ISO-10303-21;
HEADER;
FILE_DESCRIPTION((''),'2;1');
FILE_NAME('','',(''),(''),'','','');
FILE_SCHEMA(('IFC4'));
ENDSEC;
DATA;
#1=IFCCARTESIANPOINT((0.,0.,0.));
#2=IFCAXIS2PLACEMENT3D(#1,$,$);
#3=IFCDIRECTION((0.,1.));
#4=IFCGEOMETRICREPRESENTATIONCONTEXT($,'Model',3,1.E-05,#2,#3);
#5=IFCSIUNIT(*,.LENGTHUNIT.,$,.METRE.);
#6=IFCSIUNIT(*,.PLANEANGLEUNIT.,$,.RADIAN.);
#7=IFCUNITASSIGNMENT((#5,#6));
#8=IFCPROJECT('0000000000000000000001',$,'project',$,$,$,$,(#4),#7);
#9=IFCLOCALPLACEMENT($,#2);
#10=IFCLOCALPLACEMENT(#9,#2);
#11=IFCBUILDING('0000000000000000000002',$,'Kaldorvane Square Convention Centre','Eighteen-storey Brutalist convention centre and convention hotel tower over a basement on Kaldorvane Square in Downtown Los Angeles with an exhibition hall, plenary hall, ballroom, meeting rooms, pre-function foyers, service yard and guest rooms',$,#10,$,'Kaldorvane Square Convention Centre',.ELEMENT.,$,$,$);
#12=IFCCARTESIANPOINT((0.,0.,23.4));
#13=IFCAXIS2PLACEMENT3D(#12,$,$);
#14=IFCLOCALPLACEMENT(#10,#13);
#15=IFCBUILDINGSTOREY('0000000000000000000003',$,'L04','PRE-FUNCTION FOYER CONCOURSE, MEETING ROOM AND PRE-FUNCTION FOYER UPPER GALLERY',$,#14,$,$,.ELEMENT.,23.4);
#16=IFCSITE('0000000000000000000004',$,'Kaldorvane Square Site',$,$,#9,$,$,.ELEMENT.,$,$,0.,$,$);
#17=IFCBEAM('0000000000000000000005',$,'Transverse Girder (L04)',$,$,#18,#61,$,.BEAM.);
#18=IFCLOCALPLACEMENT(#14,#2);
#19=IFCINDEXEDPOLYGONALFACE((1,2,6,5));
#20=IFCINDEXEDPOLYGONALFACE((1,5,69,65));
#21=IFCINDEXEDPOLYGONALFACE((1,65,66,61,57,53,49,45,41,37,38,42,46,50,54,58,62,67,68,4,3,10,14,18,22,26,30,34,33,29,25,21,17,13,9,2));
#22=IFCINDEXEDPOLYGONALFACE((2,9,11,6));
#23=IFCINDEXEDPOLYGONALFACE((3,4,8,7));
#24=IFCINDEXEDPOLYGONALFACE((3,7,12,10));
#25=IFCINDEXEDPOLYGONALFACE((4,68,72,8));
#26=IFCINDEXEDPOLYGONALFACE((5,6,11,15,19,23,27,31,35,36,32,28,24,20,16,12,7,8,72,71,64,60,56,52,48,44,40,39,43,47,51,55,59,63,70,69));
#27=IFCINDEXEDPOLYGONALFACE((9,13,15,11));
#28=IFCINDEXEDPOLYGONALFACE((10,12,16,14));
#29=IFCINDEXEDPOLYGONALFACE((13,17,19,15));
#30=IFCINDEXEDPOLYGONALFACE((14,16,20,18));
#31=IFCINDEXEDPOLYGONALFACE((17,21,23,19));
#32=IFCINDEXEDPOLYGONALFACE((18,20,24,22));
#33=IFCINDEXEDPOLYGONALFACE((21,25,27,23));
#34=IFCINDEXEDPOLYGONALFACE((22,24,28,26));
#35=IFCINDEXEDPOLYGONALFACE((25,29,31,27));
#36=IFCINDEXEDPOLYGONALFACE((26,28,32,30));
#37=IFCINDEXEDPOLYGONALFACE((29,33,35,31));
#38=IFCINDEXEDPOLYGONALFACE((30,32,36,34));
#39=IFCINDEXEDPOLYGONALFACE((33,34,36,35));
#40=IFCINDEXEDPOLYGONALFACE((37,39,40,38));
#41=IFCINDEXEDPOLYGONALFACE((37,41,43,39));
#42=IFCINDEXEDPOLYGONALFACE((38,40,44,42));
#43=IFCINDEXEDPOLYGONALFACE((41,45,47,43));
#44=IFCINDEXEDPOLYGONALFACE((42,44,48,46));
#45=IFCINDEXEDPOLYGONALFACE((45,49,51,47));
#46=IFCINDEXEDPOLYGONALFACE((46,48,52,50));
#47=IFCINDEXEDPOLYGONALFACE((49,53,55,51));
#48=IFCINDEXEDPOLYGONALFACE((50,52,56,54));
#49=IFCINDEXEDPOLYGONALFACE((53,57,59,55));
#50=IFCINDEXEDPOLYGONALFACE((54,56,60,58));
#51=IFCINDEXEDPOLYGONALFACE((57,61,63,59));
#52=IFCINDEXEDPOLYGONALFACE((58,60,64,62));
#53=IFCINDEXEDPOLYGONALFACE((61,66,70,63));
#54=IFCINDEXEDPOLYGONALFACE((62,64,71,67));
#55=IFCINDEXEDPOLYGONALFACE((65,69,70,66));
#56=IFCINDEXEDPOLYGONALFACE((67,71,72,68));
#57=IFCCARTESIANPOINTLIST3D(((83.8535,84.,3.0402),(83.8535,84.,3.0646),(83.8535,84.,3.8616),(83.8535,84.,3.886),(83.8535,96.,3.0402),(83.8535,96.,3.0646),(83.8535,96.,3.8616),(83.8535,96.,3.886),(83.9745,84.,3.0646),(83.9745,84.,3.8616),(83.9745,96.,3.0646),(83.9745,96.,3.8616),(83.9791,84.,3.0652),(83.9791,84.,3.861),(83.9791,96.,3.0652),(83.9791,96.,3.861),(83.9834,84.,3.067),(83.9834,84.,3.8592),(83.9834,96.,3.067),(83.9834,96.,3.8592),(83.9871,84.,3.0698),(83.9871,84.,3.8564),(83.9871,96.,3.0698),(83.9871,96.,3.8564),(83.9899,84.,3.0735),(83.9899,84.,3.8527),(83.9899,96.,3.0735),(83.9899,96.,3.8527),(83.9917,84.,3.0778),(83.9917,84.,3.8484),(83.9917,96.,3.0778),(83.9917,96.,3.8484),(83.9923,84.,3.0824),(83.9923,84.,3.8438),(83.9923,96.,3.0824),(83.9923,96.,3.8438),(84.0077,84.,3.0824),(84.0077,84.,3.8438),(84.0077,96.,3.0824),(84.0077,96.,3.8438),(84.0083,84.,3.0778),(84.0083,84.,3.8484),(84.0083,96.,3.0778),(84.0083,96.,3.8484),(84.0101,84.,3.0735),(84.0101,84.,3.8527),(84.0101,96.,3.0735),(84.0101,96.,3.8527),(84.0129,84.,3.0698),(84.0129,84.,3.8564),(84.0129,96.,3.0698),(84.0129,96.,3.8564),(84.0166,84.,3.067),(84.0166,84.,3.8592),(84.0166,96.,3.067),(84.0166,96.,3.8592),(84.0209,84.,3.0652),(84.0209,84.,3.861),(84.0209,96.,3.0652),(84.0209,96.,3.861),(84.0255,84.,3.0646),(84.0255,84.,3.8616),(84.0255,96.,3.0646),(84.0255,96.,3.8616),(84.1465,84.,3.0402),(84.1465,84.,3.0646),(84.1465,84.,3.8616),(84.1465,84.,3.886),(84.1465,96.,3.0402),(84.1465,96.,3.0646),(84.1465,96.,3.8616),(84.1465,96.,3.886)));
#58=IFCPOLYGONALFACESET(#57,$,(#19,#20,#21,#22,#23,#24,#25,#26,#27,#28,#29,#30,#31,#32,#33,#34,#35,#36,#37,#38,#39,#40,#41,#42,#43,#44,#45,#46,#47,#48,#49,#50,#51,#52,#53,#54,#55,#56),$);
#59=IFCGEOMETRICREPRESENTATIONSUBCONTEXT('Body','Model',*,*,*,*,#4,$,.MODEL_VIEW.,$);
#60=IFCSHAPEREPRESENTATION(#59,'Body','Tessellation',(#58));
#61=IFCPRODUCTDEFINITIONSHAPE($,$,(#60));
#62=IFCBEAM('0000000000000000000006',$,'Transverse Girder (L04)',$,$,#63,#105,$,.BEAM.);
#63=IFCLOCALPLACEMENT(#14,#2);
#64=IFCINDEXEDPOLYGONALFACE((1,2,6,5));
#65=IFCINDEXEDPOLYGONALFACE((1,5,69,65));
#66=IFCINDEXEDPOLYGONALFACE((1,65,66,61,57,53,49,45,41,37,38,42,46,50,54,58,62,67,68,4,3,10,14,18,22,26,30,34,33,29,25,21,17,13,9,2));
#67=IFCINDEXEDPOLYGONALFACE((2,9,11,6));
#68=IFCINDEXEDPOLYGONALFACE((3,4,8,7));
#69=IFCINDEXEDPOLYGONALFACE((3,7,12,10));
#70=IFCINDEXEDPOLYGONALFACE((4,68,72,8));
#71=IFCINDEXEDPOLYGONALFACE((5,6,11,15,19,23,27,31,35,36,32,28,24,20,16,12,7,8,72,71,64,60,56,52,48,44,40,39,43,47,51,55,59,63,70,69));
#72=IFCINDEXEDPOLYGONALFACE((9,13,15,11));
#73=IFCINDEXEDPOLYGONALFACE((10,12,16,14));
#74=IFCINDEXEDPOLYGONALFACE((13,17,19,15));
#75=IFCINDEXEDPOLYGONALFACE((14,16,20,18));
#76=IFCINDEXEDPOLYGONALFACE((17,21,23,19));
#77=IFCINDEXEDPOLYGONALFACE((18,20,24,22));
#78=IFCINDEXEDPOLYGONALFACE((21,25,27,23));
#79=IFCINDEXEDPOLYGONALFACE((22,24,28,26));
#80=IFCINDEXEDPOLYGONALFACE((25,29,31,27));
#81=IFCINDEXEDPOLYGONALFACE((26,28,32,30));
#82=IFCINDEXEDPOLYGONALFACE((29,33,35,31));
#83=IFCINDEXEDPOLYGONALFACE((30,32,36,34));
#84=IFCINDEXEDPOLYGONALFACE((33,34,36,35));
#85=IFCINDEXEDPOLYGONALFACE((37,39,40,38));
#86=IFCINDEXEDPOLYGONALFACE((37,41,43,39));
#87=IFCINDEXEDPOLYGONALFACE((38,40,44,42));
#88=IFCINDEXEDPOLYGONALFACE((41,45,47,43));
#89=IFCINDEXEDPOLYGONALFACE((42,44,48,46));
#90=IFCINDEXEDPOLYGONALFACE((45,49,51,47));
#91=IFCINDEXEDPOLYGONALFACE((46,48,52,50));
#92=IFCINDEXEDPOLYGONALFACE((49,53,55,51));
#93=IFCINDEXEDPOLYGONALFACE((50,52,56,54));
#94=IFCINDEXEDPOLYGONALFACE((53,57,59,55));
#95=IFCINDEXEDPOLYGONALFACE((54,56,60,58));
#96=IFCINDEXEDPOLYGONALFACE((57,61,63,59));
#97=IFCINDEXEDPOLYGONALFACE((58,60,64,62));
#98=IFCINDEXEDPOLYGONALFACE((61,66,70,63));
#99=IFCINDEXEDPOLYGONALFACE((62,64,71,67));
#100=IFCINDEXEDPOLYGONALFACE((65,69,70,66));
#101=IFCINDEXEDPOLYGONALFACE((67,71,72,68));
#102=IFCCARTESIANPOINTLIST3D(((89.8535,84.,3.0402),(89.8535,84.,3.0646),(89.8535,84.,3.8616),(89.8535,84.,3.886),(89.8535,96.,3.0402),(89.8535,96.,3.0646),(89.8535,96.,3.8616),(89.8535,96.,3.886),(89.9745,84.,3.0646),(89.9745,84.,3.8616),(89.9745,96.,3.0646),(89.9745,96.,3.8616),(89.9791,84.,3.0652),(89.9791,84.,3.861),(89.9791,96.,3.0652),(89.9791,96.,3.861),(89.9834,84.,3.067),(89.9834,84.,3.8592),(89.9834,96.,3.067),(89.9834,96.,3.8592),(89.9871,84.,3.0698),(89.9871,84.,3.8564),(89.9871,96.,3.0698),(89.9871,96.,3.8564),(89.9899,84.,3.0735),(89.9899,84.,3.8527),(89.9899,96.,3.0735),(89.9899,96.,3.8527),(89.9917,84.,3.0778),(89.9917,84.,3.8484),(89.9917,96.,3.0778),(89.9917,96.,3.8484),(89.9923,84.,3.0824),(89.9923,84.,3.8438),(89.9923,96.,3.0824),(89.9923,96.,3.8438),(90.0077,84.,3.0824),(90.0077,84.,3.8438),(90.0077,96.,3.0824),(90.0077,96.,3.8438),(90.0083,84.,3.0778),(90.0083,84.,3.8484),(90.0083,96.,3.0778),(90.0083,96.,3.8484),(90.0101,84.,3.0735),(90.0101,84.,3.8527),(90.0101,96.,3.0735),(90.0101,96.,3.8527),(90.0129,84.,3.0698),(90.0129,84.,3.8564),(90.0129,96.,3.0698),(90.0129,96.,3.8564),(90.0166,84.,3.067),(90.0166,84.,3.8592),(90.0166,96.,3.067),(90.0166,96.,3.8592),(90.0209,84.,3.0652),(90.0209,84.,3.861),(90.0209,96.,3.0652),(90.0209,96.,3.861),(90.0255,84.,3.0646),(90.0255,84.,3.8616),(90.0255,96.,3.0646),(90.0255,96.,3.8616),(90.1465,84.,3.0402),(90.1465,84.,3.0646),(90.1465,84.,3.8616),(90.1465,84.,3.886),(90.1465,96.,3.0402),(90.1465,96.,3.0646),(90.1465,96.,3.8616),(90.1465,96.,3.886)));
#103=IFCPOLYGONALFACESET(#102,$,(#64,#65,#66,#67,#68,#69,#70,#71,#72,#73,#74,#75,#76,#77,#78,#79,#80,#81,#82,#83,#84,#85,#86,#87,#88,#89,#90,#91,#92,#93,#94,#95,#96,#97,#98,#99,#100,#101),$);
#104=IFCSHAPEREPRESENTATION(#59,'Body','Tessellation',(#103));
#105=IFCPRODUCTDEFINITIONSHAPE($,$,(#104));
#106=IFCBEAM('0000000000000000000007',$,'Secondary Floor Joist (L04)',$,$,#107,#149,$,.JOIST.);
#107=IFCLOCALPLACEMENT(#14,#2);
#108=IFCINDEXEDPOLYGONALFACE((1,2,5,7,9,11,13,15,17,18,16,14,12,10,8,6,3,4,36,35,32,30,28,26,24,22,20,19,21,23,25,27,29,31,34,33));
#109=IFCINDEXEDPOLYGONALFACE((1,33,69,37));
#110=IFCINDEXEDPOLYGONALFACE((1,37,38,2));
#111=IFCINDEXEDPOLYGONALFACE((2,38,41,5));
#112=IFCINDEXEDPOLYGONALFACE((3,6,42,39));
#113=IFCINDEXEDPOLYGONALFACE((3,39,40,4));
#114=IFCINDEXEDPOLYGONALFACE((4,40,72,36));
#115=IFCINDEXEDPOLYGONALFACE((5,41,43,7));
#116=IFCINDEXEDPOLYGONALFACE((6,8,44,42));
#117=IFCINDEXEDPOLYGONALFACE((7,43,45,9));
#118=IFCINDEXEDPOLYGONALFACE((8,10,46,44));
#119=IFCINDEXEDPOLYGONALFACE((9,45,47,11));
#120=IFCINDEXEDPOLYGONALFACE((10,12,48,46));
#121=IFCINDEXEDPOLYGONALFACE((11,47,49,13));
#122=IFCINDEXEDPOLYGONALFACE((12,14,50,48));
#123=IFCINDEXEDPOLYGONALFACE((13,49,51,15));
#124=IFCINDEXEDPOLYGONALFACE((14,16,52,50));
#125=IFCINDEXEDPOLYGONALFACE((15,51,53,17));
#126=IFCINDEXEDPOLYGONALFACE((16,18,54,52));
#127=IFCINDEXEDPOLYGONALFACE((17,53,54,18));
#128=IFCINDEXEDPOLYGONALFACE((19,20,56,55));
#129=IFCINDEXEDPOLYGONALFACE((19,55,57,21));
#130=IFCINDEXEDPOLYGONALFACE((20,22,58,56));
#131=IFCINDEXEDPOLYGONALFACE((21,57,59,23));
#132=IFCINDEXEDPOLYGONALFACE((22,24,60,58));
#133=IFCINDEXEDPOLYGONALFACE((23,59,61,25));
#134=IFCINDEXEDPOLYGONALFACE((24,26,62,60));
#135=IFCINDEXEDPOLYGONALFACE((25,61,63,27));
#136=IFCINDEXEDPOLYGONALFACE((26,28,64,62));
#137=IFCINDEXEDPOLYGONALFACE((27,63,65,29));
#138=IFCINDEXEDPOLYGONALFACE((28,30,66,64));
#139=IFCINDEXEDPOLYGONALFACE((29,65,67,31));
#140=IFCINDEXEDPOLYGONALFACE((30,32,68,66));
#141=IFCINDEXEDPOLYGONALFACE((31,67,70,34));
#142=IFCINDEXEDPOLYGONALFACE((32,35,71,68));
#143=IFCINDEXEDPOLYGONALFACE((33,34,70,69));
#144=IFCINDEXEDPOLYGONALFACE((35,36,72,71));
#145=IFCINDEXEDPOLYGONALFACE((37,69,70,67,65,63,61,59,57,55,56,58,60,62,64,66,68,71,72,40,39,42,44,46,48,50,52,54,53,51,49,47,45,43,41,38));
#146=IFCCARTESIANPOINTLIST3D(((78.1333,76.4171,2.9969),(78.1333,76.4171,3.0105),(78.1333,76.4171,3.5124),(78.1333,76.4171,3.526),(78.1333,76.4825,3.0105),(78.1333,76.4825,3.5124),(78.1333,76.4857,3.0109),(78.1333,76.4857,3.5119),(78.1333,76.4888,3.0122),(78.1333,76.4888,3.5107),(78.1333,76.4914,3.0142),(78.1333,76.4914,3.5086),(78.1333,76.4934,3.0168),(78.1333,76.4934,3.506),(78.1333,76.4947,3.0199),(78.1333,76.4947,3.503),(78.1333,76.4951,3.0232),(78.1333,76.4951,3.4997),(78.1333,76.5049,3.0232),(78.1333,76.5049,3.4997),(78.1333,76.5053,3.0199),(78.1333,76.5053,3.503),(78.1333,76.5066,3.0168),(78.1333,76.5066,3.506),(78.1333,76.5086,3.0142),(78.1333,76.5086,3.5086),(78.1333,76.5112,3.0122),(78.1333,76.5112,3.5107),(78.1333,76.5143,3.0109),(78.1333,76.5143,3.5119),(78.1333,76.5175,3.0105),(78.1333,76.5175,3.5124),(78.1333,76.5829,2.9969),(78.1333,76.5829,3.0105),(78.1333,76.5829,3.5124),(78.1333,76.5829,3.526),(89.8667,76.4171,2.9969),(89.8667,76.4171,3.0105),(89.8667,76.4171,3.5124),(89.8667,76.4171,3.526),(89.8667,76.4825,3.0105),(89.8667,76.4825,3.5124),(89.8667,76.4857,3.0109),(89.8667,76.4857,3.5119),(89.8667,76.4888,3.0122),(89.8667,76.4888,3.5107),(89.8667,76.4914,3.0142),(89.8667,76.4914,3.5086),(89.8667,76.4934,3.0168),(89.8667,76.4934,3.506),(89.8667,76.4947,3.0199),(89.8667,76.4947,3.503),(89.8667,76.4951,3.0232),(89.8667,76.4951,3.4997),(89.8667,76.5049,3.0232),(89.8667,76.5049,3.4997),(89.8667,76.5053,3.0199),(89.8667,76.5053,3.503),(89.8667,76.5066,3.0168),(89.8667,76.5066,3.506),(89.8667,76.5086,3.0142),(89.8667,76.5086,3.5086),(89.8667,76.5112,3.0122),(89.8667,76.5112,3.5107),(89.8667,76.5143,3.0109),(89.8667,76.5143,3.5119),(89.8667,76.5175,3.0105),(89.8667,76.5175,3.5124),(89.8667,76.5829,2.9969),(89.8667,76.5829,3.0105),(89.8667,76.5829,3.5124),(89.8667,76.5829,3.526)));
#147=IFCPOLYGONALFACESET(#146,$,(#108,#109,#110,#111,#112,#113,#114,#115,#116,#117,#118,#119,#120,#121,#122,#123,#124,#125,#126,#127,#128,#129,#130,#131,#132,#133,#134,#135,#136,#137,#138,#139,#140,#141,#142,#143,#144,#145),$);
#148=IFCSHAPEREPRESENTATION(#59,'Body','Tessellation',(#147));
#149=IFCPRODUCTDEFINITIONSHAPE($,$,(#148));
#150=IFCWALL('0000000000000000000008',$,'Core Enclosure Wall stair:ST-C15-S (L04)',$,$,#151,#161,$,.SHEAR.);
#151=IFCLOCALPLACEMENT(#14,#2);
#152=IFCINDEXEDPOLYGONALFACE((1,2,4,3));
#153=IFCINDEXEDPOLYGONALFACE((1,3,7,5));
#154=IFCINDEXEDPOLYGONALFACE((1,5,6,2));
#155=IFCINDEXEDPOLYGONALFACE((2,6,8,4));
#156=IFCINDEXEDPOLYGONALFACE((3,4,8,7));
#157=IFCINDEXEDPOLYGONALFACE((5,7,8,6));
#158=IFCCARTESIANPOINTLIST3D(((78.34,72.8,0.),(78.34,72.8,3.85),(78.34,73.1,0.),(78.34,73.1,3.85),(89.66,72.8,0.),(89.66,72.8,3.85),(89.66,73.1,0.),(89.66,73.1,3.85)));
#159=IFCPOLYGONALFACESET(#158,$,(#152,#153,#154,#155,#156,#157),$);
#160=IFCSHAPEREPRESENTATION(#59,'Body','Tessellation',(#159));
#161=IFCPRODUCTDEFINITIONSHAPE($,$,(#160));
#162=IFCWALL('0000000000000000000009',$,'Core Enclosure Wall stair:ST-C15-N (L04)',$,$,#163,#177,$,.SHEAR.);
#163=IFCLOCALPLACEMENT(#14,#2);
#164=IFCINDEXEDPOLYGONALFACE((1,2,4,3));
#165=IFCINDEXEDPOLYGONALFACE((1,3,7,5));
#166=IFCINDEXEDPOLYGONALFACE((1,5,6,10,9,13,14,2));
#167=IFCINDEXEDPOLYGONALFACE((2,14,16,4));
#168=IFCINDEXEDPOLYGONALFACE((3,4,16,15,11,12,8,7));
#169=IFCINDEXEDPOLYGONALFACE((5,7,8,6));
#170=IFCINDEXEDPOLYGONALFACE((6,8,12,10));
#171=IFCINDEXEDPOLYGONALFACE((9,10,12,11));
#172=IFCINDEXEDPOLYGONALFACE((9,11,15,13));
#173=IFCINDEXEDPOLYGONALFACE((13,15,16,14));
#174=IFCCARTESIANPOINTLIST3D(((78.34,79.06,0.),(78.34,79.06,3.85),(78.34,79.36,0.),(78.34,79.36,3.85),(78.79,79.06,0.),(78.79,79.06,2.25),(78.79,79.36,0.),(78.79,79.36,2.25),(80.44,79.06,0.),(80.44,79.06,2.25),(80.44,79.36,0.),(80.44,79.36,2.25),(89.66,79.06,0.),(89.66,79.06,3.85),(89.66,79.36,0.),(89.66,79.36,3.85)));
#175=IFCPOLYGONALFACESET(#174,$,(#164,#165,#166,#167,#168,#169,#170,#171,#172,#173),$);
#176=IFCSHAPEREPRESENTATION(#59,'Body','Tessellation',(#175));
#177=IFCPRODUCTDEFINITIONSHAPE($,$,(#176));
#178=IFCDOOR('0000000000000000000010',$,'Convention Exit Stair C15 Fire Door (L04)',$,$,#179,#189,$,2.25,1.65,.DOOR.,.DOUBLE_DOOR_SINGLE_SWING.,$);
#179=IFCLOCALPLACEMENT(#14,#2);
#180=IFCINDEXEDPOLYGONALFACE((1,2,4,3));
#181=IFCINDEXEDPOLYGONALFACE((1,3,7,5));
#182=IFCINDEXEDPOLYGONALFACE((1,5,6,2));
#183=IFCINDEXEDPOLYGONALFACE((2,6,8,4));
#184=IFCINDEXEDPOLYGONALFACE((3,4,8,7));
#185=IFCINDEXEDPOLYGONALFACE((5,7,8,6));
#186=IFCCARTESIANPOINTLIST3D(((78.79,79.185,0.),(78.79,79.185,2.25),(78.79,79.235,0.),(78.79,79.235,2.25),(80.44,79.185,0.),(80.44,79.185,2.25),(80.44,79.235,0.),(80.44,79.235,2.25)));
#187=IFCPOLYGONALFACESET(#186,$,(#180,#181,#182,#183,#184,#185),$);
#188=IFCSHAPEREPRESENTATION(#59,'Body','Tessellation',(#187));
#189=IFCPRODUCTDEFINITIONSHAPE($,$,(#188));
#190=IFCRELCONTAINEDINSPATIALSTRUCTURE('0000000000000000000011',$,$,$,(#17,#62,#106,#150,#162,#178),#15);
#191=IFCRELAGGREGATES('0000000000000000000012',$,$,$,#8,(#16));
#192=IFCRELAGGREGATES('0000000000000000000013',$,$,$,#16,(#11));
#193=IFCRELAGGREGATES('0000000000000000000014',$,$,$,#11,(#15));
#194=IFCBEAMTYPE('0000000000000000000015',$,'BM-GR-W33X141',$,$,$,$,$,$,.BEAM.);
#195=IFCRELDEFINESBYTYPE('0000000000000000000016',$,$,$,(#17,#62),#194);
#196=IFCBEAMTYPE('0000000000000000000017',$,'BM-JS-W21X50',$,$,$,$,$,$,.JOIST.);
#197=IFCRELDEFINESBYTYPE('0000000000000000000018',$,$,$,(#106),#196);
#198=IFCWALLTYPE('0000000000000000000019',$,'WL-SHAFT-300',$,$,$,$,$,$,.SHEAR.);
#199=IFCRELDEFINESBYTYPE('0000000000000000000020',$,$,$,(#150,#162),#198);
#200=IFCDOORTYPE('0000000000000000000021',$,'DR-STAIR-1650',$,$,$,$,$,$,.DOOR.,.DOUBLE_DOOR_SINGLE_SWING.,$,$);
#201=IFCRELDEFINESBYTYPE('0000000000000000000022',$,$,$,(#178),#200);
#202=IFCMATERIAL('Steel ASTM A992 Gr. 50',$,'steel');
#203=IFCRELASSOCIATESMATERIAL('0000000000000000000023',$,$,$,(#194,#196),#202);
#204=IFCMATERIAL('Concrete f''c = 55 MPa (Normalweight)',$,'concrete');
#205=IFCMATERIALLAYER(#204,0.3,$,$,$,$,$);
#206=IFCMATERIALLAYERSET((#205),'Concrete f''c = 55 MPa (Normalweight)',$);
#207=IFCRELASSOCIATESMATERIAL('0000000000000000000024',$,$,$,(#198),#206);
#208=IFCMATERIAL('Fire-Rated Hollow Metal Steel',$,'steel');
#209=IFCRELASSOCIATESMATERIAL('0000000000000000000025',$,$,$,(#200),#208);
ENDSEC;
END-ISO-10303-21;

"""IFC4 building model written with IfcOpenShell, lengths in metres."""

from ifc_helpers import new_model, si_unit, direction, frame, frame_2d, origin, origin_2d, place, context, subcontext, project, spatial, rectangle, i_section, extrude, material, layer, layer_set, material_profile, profile_set, type_object, element, fill, save


model = new_model("IFC4")

# Units and contexts
model_context = context("Model", 3, precision=1e-05, world=origin(), true_north=direction((0.0, 1.0)))
body_context = subcontext(model_context, "Body", "Model", "MODEL_VIEW")
ifc_project = project(units=[si_unit("LENGTHUNIT", "METRE"), si_unit("PLANEANGLEUNIT", "RADIAN")], contexts=[model_context])

# Site, building, storey
site_placement = place(None, origin())
site = spatial("IfcSite", under=ifc_project, at=site_placement, Name="Kaldorvane Square Site", CompositionType="ELEMENT", RefElevation=0.0)
building_placement = place(site_placement, origin())
building = spatial("IfcBuilding", under=site, at=building_placement, Name="Kaldorvane Square Convention Centre", Description="Eighteen-storey Brutalist convention centre and convention hotel tower over a basement on Kaldorvane Square in Downtown Los Angeles with an exhibition hall, plenary hall, ballroom, meeting rooms, pre-function foyers, service yard and guest rooms", LongName="Kaldorvane Square Convention Centre", CompositionType="ELEMENT")
storey_placement = place(building_placement, frame((0.0, 0.0, 23.4)))
storey = spatial("IfcBuildingStorey", under=building, at=storey_placement, Name="L04", Description="PRE-FUNCTION FOYER CONCOURSE, MEETING ROOM AND PRE-FUNCTION FOYER UPPER GALLERY", CompositionType="ELEMENT", Elevation=23.4)

# Shared definitions
ifc_material_1 = material(Name="Concrete f'c = 55 MPa (Normalweight)", Category="concrete")
ifc_material_2 = material(Name="Steel ASTM A992 Gr. 50", Category="steel")

# Beams
ifc_material_profile_1 = material_profile(ifc_material_2, i_section(OverallWidth=0.293, OverallDepth=0.8458, WebThickness=0.0154, FlangeThickness=0.0244, FilletRadius=0.0178, at=origin_2d()), Name="W33X141")
ifc_profile_set_1 = profile_set([ifc_material_profile_1], Name="Steel ASTM A992 Gr. 50")
beam_type_1 = type_object("IfcBeamType", Name="BM-GR-W33X141", PredefinedType="BEAM", material=ifc_profile_set_1)
for number, where, z_axis, x_axis, name in (
    (1, (84.0, 84.0, 3.4631), (0.0, 1.0, 0.0), (-1.0, 0.0, 0.0), "Transverse Girder (L04)"),
    (2, (90.0, 84.0, 3.4631), (0.0, 1.0, 0.0), (-1.0, 0.0, 0.0), "Transverse Girder (L04)"),
):
    element("IfcBeam", number, at=place(storey_placement, frame(where, z_axis=z_axis, x_axis=x_axis)), inside=storey, type_object=beam_type_1, Name=name, PredefinedType="BEAM", context=body_context, shape_type="SweptSolid", body=[
        extrude(i_section(OverallWidth=0.293, OverallDepth=0.8458, WebThickness=0.0154, FlangeThickness=0.0244, FilletRadius=0.0178, at=origin_2d()), origin(), (0.0, 0.0, 1.0), 12.0),
    ])
ifc_material_profile_2 = material_profile(ifc_material_2, i_section(OverallWidth=0.1659, OverallDepth=0.5291, WebThickness=0.0097, FlangeThickness=0.0136, FilletRadius=0.0127, at=origin_2d()), Name="W21X50")
ifc_profile_set_2 = profile_set([ifc_material_profile_2], Name="Steel ASTM A992 Gr. 50")
beam_type_2 = type_object("IfcBeamType", Name="BM-JS-W21X50", PredefinedType="JOIST", material=ifc_profile_set_2)
beam_1_placement = place(storey_placement, frame((78.1333, 76.5, 3.2614), z_axis=(1.0, 0.0, 0.0), x_axis=(0.0, 1.0, 0.0)))
element("IfcBeam", 3, at=beam_1_placement, inside=storey, type_object=beam_type_2, Name="Secondary Floor Joist (L04)", PredefinedType="JOIST", context=body_context, shape_type="SweptSolid", body=[
    extrude(i_section(OverallWidth=0.1659, OverallDepth=0.5291, WebThickness=0.0097, FlangeThickness=0.0136, FilletRadius=0.0127, at=origin_2d()), origin(), (0.0, 0.0, 1.0), 11.7334),
])

# Wall
ifc_layer = layer(ifc_material_1, 0.3)
ifc_layer_set = layer_set([ifc_layer], Name="Concrete f'c = 55 MPa (Normalweight)")
wall_type = type_object("IfcWallType", Name="WL-SHAFT-300", PredefinedType="SHEAR", material=ifc_layer_set)
wall_1_placement = place(storey_placement, frame((78.34, 72.95, 0.0), z_axis=(0.0, 0.0, 1.0), x_axis=(1.0, 0.0, 0.0)))
element("IfcWall", 4, at=wall_1_placement, inside=storey, type_object=wall_type, Name="Core Enclosure Wall stair:ST-C15-S (L04)", PredefinedType="SHEAR", context=body_context, shape_type="SweptSolid", body=[
    extrude(rectangle(XDim=11.32, YDim=0.3, at=frame_2d((5.66, 0.0))), origin(), (0.0, 0.0, 1.0), 3.85),
])

# Wall, opening, door
wall_2_placement = place(storey_placement, frame((89.66, 79.21, 0.0), z_axis=(0.0, 0.0, 1.0), x_axis=(-1.0, 0.0, 0.0)))
wall_2 = element("IfcWall", 5, at=wall_2_placement, inside=storey, type_object=wall_type, Name="Core Enclosure Wall stair:ST-C15-N (L04)", PredefinedType="SHEAR", context=body_context, shape_type="SweptSolid", body=[
    extrude(rectangle(XDim=11.32, YDim=0.3, at=frame_2d((5.66, 0.0))), origin(), (0.0, 0.0, 1.0), 3.85),
])
opening_placement = place(wall_2_placement, frame((9.22, 0.0, 0.0)))
opening = element("IfcOpeningElement", 6, at=opening_placement, cuts=wall_2, PredefinedType="OPENING", context=body_context, shape_type="SweptSolid", body=[
    extrude(rectangle(XDim=1.65, YDim=2.25, at=frame_2d((0.825, 1.125))), frame((0.0, 0.165, 0.0), z_axis=(0.0, -1.0, 0.0), x_axis=(1.0, 0.0, 0.0)), (0.0, 0.0, 1.0), 0.33),
])
ifc_material_3 = material(Name="Fire-Rated Hollow Metal Steel", Category="steel")
door_type = type_object("IfcDoorType", Name="DR-STAIR-1650", OperationType="DOUBLE_DOOR_SINGLE_SWING", PredefinedType="DOOR", material=ifc_material_3)
door_placement = place(opening_placement, origin())
door = element("IfcDoor", 7, at=door_placement, inside=storey, type_object=door_type, Name="Convention Exit Stair C15 Fire Door (L04)", OperationType="DOUBLE_DOOR_SINGLE_SWING", OverallHeight=2.25, OverallWidth=1.65, PredefinedType="DOOR", context=body_context, shape_type="SweptSolid", body=[
    extrude(rectangle(XDim=1.65, YDim=2.25, at=frame_2d((0.825, 1.125))), frame((0.0, 0.025, 0.0), z_axis=(0.0, -1.0, 0.0), x_axis=(1.0, 0.0, 0.0)), (0.0, 0.0, 1.0), 0.05),
])
fill(opening, door)

save(model, "model.ifc")
